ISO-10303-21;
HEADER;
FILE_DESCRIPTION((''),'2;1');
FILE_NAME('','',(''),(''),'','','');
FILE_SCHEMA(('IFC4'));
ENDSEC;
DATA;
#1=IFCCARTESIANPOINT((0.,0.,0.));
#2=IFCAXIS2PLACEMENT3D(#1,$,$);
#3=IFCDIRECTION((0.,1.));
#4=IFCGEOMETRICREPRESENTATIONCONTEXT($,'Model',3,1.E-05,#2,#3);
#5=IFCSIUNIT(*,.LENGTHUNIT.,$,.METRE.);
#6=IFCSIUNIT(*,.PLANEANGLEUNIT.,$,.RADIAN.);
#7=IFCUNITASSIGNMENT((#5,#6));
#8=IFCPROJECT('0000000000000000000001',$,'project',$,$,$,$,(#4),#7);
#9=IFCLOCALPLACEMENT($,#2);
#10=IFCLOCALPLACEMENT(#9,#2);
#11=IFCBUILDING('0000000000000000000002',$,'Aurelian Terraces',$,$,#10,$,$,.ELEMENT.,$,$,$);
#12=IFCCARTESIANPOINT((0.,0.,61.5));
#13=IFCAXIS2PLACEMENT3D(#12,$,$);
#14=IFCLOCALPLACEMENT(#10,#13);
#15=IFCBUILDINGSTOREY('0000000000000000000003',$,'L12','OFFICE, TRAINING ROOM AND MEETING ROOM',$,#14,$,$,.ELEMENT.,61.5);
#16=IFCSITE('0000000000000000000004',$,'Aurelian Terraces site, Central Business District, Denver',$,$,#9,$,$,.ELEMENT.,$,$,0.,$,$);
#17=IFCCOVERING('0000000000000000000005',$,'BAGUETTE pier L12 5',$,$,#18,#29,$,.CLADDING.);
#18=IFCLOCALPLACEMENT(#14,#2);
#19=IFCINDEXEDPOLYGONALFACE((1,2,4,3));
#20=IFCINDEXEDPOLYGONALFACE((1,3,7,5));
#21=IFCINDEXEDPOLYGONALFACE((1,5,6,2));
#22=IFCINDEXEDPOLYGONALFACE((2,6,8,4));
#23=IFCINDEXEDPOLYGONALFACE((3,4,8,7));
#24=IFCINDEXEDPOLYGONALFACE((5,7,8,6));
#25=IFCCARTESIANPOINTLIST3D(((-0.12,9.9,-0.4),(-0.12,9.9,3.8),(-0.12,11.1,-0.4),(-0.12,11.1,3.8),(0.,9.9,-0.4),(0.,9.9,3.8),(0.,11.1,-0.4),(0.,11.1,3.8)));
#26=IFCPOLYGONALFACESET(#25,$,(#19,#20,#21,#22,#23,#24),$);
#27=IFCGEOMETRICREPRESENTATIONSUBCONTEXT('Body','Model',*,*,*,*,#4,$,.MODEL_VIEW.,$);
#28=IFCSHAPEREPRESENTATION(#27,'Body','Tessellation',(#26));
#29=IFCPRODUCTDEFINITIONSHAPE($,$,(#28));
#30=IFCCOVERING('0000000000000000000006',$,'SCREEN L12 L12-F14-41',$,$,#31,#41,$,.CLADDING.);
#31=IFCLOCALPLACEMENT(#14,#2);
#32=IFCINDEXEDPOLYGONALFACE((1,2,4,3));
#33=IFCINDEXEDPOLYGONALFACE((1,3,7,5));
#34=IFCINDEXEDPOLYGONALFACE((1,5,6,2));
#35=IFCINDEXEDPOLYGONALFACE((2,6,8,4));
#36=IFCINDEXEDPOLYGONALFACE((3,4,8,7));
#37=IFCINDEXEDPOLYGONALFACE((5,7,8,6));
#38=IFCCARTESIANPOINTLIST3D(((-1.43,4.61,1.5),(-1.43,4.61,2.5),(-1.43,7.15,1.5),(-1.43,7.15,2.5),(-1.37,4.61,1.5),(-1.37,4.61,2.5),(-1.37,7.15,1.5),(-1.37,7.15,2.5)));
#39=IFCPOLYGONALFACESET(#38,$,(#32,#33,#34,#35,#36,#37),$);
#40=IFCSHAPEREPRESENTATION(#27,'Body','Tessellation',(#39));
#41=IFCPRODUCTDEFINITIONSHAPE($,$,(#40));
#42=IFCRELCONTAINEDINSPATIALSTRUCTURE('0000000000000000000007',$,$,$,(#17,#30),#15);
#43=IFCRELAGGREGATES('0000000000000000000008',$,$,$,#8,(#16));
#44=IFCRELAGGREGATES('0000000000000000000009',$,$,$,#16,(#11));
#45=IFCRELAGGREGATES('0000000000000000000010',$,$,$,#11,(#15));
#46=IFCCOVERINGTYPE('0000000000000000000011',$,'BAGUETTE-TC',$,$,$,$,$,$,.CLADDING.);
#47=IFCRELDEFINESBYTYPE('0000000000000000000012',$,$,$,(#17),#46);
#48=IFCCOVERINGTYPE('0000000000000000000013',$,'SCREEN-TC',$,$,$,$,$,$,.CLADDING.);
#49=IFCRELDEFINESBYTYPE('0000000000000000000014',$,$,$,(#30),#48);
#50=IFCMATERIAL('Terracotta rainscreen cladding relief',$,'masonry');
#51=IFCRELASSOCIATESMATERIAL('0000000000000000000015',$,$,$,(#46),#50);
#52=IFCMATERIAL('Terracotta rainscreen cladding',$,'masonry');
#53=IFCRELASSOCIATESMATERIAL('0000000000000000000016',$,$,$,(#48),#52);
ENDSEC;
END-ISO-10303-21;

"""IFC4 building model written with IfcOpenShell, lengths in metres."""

from ifc_helpers import new_model, si_unit, direction, frame, origin, origin_2d, place, context, subcontext, project, spatial, rectangle, extrude, source, transform, mapped, material, type_object, element, save


model = new_model("IFC4")

# Units and contexts
model_context = context("Model", 3, precision=1e-05, world=origin(), true_north=direction((0.0, 1.0)))
body_context = subcontext(model_context, "Body", "Model", "MODEL_VIEW")
ifc_project = project(units=[si_unit("LENGTHUNIT", "METRE"), si_unit("PLANEANGLEUNIT", "RADIAN")], contexts=[model_context])

# Site, building, storey
site_placement = place(None, origin())
site = spatial("IfcSite", under=ifc_project, at=site_placement, Name="Aurelian Terraces site, Central Business District, Denver", CompositionType="ELEMENT", RefElevation=0.0)
building_placement = place(site_placement, origin())
building = spatial("IfcBuilding", under=site, at=building_placement, Name="Aurelian Terraces", CompositionType="ELEMENT")
storey_placement = place(building_placement, frame((0.0, 0.0, 61.5)))
storey = spatial("IfcBuildingStorey", under=building, at=storey_placement, Name="L12", Description="OFFICE, TRAINING ROOM AND MEETING ROOM", CompositionType="ELEMENT", Elevation=61.5)

# Shared definitions
ifc_material_1 = material(Name="Terracotta rainscreen cladding", Category="masonry")

# Covering
ifc_material_2 = material(Name="Terracotta rainscreen cladding relief", Category="masonry")
covering_type_1 = type_object("IfcCoveringType", Name="BAGUETTE-TC", PredefinedType="CLADDING", material=ifc_material_2)
shared_shape_1 = source(origin(), body_context, "Body", "SweptSolid", [
    extrude(rectangle(XDim=0.12, YDim=1.2, at=origin_2d()), origin(), (0.0, 0.0, 1.0), 4.2),
])
covering_1_placement = place(storey_placement, frame((-0.06, 10.5, -0.4), z_axis=(0.0, 0.0, 1.0), x_axis=(1.0, 0.0, 0.0)))
element("IfcCovering", 1, at=covering_1_placement, inside=storey, type_object=covering_type_1, Name="BAGUETTE pier L12 5", PredefinedType="CLADDING", context=body_context, shape_type="MappedRepresentation", body=[
    mapped(shared_shape_1, transform((0.0, 0.0, 0.0), scale=1.0)),
])

# Covering
covering_type_2 = type_object("IfcCoveringType", Name="SCREEN-TC", PredefinedType="CLADDING", material=ifc_material_1)
shared_shape_2 = source(origin(), body_context, "Body", "SweptSolid", [
    extrude(rectangle(XDim=0.06, YDim=2.54, at=origin_2d()), origin(), (0.0, 0.0, 1.0), 1.0),
])
covering_2_placement = place(storey_placement, frame((-1.4, 5.88, 1.5), z_axis=(0.0, 0.0, 1.0), x_axis=(1.0, 0.0, 0.0)))
element("IfcCovering", 2, at=covering_2_placement, inside=storey, type_object=covering_type_2, Name="SCREEN L12 L12-F14-41", PredefinedType="CLADDING", context=body_context, shape_type="MappedRepresentation", body=[
    mapped(shared_shape_2, transform((0.0, 0.0, 0.0), scale=1.0)),
])

save(model, "model.ifc")
